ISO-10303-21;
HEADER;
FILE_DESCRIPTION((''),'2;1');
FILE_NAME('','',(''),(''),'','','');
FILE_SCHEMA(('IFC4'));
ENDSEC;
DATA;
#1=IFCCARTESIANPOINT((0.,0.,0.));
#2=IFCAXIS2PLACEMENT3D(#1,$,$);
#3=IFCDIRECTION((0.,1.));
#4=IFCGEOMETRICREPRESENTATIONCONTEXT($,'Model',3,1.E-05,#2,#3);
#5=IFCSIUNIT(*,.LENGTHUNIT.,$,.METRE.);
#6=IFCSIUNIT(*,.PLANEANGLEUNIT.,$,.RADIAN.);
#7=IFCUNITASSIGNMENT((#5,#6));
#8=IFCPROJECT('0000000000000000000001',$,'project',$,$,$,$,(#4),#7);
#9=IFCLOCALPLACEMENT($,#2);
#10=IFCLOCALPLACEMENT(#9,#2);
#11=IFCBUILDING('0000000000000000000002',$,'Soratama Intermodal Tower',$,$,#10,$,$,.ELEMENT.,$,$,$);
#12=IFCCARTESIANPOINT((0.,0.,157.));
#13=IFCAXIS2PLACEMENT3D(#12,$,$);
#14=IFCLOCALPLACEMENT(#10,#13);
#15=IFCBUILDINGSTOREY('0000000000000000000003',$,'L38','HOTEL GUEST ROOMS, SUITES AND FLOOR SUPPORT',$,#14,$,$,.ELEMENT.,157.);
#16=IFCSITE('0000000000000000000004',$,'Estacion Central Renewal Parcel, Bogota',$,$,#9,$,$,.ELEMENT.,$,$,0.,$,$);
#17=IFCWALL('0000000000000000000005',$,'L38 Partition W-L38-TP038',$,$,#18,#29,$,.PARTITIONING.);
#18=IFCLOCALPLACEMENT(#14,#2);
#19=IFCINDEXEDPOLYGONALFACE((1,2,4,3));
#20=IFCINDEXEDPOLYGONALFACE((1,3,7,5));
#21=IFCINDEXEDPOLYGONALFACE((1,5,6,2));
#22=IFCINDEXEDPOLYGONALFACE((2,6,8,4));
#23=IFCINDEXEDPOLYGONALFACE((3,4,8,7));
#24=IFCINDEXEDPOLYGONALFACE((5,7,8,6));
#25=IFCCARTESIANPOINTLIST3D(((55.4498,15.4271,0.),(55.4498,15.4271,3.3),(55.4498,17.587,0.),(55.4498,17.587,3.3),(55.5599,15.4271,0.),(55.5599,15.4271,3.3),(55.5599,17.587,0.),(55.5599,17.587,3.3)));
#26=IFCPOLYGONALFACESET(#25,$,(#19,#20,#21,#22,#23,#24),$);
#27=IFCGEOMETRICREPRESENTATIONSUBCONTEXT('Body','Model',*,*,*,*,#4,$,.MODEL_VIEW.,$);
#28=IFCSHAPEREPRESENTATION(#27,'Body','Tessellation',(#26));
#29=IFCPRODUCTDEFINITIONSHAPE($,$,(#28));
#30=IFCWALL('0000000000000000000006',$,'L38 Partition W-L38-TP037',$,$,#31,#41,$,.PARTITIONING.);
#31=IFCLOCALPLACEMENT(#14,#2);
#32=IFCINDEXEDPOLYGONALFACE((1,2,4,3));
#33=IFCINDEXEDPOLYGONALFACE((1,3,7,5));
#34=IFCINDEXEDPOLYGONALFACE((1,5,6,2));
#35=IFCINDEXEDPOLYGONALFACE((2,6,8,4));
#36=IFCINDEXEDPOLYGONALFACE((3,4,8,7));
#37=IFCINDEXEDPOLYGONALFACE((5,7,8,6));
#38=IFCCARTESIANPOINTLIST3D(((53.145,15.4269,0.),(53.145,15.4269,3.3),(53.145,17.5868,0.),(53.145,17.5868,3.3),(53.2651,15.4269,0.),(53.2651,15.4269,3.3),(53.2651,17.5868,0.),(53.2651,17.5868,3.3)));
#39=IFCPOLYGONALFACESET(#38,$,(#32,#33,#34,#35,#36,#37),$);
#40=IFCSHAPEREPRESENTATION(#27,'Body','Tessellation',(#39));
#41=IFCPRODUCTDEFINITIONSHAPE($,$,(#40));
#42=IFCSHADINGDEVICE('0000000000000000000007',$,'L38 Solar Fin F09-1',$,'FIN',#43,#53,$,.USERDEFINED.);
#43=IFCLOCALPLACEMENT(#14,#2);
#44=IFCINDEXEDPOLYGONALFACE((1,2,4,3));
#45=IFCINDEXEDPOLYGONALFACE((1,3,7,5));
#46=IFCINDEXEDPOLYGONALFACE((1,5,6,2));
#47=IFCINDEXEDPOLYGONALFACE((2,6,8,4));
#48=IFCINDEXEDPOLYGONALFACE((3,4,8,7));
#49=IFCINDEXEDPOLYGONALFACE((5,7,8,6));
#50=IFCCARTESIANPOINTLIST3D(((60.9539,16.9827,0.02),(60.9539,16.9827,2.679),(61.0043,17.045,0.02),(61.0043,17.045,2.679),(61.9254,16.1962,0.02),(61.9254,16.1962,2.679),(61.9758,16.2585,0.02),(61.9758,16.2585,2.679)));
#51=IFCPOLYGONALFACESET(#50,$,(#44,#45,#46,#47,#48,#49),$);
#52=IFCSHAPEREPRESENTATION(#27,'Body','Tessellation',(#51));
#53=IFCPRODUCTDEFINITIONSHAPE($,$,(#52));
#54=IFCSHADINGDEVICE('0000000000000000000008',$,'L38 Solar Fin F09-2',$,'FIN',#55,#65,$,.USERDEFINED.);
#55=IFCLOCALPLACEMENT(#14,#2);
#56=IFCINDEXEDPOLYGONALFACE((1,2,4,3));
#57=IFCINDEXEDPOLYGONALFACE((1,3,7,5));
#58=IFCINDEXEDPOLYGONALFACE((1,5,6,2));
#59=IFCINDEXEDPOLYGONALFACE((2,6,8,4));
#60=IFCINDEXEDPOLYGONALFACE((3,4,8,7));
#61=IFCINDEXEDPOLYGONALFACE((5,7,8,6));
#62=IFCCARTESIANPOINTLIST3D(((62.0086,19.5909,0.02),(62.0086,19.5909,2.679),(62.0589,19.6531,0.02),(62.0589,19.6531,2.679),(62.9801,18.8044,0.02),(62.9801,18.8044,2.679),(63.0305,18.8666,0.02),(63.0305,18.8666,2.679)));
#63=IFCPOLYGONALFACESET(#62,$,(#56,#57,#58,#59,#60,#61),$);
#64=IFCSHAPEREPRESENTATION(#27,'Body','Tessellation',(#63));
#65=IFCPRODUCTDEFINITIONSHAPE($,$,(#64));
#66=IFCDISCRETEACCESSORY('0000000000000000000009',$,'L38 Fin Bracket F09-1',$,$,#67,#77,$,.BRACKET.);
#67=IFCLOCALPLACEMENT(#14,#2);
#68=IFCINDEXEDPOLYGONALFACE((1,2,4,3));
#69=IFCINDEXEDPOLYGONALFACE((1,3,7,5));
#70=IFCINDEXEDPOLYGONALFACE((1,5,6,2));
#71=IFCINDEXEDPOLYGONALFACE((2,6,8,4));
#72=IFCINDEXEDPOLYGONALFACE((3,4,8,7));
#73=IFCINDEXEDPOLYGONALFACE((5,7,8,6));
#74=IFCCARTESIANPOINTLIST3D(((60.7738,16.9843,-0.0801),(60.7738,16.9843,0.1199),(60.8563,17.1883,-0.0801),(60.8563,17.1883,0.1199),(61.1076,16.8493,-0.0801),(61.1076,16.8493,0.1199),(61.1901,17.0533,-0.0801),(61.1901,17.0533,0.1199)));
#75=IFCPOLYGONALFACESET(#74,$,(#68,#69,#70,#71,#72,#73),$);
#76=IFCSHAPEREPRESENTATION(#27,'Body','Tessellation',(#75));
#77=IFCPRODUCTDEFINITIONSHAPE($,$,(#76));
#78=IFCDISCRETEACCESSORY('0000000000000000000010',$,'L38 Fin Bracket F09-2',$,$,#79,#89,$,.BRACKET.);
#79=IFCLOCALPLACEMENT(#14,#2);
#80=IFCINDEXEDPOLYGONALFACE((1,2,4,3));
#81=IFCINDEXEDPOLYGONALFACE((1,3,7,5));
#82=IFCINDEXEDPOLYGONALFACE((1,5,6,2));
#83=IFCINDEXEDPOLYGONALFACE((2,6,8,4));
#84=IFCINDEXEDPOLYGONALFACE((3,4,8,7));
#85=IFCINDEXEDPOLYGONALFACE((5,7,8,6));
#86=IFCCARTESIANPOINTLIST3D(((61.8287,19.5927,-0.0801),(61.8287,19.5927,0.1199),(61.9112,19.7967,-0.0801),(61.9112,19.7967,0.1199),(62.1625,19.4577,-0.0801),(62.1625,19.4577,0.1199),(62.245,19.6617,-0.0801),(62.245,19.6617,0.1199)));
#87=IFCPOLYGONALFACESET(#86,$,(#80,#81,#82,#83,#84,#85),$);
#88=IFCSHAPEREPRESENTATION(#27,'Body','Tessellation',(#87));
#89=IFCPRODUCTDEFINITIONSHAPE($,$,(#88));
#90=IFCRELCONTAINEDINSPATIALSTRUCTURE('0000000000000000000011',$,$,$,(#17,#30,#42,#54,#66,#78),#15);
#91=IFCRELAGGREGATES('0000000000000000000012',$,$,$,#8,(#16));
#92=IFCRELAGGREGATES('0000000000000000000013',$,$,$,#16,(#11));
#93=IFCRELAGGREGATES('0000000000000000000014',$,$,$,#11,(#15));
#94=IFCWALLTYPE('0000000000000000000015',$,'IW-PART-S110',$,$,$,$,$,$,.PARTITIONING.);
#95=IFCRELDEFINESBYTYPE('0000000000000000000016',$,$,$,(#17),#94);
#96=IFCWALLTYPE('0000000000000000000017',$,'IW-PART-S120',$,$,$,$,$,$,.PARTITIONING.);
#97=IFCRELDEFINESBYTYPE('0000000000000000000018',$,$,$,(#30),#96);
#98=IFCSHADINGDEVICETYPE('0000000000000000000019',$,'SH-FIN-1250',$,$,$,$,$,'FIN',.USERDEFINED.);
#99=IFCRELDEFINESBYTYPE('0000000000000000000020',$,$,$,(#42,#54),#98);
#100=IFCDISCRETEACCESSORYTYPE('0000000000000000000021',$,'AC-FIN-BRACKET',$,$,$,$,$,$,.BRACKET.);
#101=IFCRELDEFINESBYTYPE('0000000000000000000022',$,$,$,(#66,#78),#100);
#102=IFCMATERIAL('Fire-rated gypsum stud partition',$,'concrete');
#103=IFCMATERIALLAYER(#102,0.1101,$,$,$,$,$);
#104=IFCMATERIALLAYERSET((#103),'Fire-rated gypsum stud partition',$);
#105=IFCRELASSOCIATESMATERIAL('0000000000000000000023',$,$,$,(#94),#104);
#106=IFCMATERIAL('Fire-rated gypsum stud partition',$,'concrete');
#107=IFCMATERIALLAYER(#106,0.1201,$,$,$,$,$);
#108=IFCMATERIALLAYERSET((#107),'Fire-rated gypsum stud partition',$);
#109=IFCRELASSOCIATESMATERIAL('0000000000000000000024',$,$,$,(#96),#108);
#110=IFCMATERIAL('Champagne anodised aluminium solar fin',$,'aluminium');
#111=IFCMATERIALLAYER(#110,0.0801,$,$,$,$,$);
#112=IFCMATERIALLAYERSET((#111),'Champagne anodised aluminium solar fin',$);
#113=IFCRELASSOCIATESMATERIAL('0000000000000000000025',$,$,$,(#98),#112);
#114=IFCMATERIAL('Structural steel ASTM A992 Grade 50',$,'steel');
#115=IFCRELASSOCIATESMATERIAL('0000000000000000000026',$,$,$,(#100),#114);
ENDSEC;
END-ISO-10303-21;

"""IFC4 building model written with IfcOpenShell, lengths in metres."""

from ifc_helpers import new_model, si_unit, direction, frame, frame_2d, origin, origin_2d, place, context, subcontext, project, spatial, rectangle, extrude, material, layer, layer_set, type_object, element, save


model = new_model("IFC4")

# Units and contexts
model_context = context("Model", 3, precision=1e-05, world=origin(), true_north=direction((0.0, 1.0)))
body_context = subcontext(model_context, "Body", "Model", "MODEL_VIEW")
ifc_project = project(units=[si_unit("LENGTHUNIT", "METRE"), si_unit("PLANEANGLEUNIT", "RADIAN")], contexts=[model_context])

# Site, building, storey
site_placement = place(None, origin())
site = spatial("IfcSite", under=ifc_project, at=site_placement, Name="Estacion Central Renewal Parcel, Bogota", CompositionType="ELEMENT", RefElevation=0.0)
building_placement = place(site_placement, origin())
building = spatial("IfcBuilding", under=site, at=building_placement, Name="Soratama Intermodal Tower", CompositionType="ELEMENT")
storey_placement = place(building_placement, frame((0.0, 0.0, 157.0)))
storey = spatial("IfcBuildingStorey", under=building, at=storey_placement, Name="L38", Description="HOTEL GUEST ROOMS, SUITES AND FLOOR SUPPORT", CompositionType="ELEMENT", Elevation=157.0)

# Shared definitions
ifc_material_1 = material(Name="Fire-rated gypsum stud partition", Category="concrete")
ifc_layer_1 = layer(ifc_material_1, 0.1101)
ifc_layer_set_1 = layer_set([ifc_layer_1], Name="Fire-rated gypsum stud partition")
wall_type_1 = type_object("IfcWallType", Name="IW-PART-S110", PredefinedType="PARTITIONING", material=ifc_layer_set_1)

# Walls
wall_1_placement = place(storey_placement, frame((55.5049, 15.427, 0.0), z_axis=(0.0, 0.0, 1.0), x_axis=(0.0, 1.0, 0.0)))
element("IfcWall", 1, at=wall_1_placement, inside=storey, type_object=wall_type_1, Name="L38 Partition W-L38-TP038", PredefinedType="PARTITIONING", context=body_context, shape_type="SweptSolid", body=[
    extrude(rectangle(XDim=2.1599, YDim=0.1101, at=frame_2d((1.0801, 0.0))), origin(), (0.0, 0.0, 1.0), 3.3),
])
ifc_material_2 = material(Name="Fire-rated gypsum stud partition", Category="concrete")
ifc_layer_2 = layer(ifc_material_2, 0.1201)
ifc_layer_set_2 = layer_set([ifc_layer_2], Name="Fire-rated gypsum stud partition")
wall_type_2 = type_object("IfcWallType", Name="IW-PART-S120", PredefinedType="PARTITIONING", material=ifc_layer_set_2)
wall_2_placement = place(storey_placement, frame((53.2051, 17.5869, 0.0), z_axis=(0.0, 0.0, 1.0), x_axis=(0.0, -1.0, 0.0)))
element("IfcWall", 2, at=wall_2_placement, inside=storey, type_object=wall_type_2, Name="L38 Partition W-L38-TP037", PredefinedType="PARTITIONING", context=body_context, shape_type="SweptSolid", body=[
    extrude(rectangle(XDim=2.1599, YDim=0.1201, at=frame_2d((1.0801, 0.0))), origin(), (0.0, 0.0, 1.0), 3.3),
])

# Shading devices
ifc_material_3 = material(Name="Champagne anodised aluminium solar fin", Category="aluminium")
ifc_layer_3 = layer(ifc_material_3, 0.0801)
ifc_layer_set_3 = layer_set([ifc_layer_3], Name="Champagne anodised aluminium solar fin")
shading_device_type = type_object("IfcShadingDeviceType", Name="SH-FIN-1250", ElementType="FIN", PredefinedType="USERDEFINED", material=ifc_layer_set_3)
for number, where, z_axis, x_axis, name in (
    (3, (61.4648, 16.6206, 0.02), (0.0, 0.0, 1.0), (0.777256, -0.629185, 0.0), "L38 Solar Fin F09-1"),
    (4, (62.5195, 19.2288, 0.02), (0.0, 0.0, 1.0), (0.777256, -0.629185, 0.0), "L38 Solar Fin F09-2"),
):
    element("IfcShadingDevice", number, at=place(storey_placement, frame(where, z_axis=z_axis, x_axis=x_axis)), inside=storey, type_object=shading_device_type, Name=name, ObjectType="FIN", PredefinedType="USERDEFINED", context=body_context, shape_type="SweptSolid", body=[
        extrude(rectangle(XDim=1.25, YDim=0.0801, at=origin_2d()), origin(), (0.0, 0.0, 1.0), 2.6589),
    ])

# Discrete accessories
ifc_material_4 = material(Name="Structural steel ASTM A992 Grade 50", Category="steel")
discrete_accessory_type = type_object("IfcDiscreteAccessoryType", Name="AC-FIN-BRACKET", PredefinedType="BRACKET", material=ifc_material_4)
for number, where, z_axis, x_axis, name in (
    (5, (60.9819, 17.0188, -0.0801), (0.0, 0.0, 1.0), (0.927053, -0.37493, 0.0), "L38 Fin Bracket F09-1"),
    (6, (62.0369, 19.6272, -0.0801), (0.0, 0.0, 1.0), (0.927053, -0.37493, 0.0), "L38 Fin Bracket F09-2"),
):
    element("IfcDiscreteAccessory", number, at=place(storey_placement, frame(where, z_axis=z_axis, x_axis=x_axis)), inside=storey, type_object=discrete_accessory_type, Name=name, PredefinedType="BRACKET", context=body_context, shape_type="SweptSolid", body=[
        extrude(rectangle(XDim=0.3601, YDim=0.22, at=origin_2d()), origin(), (0.0, 0.0, 1.0), 0.2),
    ])

save(model, "model.ifc")
